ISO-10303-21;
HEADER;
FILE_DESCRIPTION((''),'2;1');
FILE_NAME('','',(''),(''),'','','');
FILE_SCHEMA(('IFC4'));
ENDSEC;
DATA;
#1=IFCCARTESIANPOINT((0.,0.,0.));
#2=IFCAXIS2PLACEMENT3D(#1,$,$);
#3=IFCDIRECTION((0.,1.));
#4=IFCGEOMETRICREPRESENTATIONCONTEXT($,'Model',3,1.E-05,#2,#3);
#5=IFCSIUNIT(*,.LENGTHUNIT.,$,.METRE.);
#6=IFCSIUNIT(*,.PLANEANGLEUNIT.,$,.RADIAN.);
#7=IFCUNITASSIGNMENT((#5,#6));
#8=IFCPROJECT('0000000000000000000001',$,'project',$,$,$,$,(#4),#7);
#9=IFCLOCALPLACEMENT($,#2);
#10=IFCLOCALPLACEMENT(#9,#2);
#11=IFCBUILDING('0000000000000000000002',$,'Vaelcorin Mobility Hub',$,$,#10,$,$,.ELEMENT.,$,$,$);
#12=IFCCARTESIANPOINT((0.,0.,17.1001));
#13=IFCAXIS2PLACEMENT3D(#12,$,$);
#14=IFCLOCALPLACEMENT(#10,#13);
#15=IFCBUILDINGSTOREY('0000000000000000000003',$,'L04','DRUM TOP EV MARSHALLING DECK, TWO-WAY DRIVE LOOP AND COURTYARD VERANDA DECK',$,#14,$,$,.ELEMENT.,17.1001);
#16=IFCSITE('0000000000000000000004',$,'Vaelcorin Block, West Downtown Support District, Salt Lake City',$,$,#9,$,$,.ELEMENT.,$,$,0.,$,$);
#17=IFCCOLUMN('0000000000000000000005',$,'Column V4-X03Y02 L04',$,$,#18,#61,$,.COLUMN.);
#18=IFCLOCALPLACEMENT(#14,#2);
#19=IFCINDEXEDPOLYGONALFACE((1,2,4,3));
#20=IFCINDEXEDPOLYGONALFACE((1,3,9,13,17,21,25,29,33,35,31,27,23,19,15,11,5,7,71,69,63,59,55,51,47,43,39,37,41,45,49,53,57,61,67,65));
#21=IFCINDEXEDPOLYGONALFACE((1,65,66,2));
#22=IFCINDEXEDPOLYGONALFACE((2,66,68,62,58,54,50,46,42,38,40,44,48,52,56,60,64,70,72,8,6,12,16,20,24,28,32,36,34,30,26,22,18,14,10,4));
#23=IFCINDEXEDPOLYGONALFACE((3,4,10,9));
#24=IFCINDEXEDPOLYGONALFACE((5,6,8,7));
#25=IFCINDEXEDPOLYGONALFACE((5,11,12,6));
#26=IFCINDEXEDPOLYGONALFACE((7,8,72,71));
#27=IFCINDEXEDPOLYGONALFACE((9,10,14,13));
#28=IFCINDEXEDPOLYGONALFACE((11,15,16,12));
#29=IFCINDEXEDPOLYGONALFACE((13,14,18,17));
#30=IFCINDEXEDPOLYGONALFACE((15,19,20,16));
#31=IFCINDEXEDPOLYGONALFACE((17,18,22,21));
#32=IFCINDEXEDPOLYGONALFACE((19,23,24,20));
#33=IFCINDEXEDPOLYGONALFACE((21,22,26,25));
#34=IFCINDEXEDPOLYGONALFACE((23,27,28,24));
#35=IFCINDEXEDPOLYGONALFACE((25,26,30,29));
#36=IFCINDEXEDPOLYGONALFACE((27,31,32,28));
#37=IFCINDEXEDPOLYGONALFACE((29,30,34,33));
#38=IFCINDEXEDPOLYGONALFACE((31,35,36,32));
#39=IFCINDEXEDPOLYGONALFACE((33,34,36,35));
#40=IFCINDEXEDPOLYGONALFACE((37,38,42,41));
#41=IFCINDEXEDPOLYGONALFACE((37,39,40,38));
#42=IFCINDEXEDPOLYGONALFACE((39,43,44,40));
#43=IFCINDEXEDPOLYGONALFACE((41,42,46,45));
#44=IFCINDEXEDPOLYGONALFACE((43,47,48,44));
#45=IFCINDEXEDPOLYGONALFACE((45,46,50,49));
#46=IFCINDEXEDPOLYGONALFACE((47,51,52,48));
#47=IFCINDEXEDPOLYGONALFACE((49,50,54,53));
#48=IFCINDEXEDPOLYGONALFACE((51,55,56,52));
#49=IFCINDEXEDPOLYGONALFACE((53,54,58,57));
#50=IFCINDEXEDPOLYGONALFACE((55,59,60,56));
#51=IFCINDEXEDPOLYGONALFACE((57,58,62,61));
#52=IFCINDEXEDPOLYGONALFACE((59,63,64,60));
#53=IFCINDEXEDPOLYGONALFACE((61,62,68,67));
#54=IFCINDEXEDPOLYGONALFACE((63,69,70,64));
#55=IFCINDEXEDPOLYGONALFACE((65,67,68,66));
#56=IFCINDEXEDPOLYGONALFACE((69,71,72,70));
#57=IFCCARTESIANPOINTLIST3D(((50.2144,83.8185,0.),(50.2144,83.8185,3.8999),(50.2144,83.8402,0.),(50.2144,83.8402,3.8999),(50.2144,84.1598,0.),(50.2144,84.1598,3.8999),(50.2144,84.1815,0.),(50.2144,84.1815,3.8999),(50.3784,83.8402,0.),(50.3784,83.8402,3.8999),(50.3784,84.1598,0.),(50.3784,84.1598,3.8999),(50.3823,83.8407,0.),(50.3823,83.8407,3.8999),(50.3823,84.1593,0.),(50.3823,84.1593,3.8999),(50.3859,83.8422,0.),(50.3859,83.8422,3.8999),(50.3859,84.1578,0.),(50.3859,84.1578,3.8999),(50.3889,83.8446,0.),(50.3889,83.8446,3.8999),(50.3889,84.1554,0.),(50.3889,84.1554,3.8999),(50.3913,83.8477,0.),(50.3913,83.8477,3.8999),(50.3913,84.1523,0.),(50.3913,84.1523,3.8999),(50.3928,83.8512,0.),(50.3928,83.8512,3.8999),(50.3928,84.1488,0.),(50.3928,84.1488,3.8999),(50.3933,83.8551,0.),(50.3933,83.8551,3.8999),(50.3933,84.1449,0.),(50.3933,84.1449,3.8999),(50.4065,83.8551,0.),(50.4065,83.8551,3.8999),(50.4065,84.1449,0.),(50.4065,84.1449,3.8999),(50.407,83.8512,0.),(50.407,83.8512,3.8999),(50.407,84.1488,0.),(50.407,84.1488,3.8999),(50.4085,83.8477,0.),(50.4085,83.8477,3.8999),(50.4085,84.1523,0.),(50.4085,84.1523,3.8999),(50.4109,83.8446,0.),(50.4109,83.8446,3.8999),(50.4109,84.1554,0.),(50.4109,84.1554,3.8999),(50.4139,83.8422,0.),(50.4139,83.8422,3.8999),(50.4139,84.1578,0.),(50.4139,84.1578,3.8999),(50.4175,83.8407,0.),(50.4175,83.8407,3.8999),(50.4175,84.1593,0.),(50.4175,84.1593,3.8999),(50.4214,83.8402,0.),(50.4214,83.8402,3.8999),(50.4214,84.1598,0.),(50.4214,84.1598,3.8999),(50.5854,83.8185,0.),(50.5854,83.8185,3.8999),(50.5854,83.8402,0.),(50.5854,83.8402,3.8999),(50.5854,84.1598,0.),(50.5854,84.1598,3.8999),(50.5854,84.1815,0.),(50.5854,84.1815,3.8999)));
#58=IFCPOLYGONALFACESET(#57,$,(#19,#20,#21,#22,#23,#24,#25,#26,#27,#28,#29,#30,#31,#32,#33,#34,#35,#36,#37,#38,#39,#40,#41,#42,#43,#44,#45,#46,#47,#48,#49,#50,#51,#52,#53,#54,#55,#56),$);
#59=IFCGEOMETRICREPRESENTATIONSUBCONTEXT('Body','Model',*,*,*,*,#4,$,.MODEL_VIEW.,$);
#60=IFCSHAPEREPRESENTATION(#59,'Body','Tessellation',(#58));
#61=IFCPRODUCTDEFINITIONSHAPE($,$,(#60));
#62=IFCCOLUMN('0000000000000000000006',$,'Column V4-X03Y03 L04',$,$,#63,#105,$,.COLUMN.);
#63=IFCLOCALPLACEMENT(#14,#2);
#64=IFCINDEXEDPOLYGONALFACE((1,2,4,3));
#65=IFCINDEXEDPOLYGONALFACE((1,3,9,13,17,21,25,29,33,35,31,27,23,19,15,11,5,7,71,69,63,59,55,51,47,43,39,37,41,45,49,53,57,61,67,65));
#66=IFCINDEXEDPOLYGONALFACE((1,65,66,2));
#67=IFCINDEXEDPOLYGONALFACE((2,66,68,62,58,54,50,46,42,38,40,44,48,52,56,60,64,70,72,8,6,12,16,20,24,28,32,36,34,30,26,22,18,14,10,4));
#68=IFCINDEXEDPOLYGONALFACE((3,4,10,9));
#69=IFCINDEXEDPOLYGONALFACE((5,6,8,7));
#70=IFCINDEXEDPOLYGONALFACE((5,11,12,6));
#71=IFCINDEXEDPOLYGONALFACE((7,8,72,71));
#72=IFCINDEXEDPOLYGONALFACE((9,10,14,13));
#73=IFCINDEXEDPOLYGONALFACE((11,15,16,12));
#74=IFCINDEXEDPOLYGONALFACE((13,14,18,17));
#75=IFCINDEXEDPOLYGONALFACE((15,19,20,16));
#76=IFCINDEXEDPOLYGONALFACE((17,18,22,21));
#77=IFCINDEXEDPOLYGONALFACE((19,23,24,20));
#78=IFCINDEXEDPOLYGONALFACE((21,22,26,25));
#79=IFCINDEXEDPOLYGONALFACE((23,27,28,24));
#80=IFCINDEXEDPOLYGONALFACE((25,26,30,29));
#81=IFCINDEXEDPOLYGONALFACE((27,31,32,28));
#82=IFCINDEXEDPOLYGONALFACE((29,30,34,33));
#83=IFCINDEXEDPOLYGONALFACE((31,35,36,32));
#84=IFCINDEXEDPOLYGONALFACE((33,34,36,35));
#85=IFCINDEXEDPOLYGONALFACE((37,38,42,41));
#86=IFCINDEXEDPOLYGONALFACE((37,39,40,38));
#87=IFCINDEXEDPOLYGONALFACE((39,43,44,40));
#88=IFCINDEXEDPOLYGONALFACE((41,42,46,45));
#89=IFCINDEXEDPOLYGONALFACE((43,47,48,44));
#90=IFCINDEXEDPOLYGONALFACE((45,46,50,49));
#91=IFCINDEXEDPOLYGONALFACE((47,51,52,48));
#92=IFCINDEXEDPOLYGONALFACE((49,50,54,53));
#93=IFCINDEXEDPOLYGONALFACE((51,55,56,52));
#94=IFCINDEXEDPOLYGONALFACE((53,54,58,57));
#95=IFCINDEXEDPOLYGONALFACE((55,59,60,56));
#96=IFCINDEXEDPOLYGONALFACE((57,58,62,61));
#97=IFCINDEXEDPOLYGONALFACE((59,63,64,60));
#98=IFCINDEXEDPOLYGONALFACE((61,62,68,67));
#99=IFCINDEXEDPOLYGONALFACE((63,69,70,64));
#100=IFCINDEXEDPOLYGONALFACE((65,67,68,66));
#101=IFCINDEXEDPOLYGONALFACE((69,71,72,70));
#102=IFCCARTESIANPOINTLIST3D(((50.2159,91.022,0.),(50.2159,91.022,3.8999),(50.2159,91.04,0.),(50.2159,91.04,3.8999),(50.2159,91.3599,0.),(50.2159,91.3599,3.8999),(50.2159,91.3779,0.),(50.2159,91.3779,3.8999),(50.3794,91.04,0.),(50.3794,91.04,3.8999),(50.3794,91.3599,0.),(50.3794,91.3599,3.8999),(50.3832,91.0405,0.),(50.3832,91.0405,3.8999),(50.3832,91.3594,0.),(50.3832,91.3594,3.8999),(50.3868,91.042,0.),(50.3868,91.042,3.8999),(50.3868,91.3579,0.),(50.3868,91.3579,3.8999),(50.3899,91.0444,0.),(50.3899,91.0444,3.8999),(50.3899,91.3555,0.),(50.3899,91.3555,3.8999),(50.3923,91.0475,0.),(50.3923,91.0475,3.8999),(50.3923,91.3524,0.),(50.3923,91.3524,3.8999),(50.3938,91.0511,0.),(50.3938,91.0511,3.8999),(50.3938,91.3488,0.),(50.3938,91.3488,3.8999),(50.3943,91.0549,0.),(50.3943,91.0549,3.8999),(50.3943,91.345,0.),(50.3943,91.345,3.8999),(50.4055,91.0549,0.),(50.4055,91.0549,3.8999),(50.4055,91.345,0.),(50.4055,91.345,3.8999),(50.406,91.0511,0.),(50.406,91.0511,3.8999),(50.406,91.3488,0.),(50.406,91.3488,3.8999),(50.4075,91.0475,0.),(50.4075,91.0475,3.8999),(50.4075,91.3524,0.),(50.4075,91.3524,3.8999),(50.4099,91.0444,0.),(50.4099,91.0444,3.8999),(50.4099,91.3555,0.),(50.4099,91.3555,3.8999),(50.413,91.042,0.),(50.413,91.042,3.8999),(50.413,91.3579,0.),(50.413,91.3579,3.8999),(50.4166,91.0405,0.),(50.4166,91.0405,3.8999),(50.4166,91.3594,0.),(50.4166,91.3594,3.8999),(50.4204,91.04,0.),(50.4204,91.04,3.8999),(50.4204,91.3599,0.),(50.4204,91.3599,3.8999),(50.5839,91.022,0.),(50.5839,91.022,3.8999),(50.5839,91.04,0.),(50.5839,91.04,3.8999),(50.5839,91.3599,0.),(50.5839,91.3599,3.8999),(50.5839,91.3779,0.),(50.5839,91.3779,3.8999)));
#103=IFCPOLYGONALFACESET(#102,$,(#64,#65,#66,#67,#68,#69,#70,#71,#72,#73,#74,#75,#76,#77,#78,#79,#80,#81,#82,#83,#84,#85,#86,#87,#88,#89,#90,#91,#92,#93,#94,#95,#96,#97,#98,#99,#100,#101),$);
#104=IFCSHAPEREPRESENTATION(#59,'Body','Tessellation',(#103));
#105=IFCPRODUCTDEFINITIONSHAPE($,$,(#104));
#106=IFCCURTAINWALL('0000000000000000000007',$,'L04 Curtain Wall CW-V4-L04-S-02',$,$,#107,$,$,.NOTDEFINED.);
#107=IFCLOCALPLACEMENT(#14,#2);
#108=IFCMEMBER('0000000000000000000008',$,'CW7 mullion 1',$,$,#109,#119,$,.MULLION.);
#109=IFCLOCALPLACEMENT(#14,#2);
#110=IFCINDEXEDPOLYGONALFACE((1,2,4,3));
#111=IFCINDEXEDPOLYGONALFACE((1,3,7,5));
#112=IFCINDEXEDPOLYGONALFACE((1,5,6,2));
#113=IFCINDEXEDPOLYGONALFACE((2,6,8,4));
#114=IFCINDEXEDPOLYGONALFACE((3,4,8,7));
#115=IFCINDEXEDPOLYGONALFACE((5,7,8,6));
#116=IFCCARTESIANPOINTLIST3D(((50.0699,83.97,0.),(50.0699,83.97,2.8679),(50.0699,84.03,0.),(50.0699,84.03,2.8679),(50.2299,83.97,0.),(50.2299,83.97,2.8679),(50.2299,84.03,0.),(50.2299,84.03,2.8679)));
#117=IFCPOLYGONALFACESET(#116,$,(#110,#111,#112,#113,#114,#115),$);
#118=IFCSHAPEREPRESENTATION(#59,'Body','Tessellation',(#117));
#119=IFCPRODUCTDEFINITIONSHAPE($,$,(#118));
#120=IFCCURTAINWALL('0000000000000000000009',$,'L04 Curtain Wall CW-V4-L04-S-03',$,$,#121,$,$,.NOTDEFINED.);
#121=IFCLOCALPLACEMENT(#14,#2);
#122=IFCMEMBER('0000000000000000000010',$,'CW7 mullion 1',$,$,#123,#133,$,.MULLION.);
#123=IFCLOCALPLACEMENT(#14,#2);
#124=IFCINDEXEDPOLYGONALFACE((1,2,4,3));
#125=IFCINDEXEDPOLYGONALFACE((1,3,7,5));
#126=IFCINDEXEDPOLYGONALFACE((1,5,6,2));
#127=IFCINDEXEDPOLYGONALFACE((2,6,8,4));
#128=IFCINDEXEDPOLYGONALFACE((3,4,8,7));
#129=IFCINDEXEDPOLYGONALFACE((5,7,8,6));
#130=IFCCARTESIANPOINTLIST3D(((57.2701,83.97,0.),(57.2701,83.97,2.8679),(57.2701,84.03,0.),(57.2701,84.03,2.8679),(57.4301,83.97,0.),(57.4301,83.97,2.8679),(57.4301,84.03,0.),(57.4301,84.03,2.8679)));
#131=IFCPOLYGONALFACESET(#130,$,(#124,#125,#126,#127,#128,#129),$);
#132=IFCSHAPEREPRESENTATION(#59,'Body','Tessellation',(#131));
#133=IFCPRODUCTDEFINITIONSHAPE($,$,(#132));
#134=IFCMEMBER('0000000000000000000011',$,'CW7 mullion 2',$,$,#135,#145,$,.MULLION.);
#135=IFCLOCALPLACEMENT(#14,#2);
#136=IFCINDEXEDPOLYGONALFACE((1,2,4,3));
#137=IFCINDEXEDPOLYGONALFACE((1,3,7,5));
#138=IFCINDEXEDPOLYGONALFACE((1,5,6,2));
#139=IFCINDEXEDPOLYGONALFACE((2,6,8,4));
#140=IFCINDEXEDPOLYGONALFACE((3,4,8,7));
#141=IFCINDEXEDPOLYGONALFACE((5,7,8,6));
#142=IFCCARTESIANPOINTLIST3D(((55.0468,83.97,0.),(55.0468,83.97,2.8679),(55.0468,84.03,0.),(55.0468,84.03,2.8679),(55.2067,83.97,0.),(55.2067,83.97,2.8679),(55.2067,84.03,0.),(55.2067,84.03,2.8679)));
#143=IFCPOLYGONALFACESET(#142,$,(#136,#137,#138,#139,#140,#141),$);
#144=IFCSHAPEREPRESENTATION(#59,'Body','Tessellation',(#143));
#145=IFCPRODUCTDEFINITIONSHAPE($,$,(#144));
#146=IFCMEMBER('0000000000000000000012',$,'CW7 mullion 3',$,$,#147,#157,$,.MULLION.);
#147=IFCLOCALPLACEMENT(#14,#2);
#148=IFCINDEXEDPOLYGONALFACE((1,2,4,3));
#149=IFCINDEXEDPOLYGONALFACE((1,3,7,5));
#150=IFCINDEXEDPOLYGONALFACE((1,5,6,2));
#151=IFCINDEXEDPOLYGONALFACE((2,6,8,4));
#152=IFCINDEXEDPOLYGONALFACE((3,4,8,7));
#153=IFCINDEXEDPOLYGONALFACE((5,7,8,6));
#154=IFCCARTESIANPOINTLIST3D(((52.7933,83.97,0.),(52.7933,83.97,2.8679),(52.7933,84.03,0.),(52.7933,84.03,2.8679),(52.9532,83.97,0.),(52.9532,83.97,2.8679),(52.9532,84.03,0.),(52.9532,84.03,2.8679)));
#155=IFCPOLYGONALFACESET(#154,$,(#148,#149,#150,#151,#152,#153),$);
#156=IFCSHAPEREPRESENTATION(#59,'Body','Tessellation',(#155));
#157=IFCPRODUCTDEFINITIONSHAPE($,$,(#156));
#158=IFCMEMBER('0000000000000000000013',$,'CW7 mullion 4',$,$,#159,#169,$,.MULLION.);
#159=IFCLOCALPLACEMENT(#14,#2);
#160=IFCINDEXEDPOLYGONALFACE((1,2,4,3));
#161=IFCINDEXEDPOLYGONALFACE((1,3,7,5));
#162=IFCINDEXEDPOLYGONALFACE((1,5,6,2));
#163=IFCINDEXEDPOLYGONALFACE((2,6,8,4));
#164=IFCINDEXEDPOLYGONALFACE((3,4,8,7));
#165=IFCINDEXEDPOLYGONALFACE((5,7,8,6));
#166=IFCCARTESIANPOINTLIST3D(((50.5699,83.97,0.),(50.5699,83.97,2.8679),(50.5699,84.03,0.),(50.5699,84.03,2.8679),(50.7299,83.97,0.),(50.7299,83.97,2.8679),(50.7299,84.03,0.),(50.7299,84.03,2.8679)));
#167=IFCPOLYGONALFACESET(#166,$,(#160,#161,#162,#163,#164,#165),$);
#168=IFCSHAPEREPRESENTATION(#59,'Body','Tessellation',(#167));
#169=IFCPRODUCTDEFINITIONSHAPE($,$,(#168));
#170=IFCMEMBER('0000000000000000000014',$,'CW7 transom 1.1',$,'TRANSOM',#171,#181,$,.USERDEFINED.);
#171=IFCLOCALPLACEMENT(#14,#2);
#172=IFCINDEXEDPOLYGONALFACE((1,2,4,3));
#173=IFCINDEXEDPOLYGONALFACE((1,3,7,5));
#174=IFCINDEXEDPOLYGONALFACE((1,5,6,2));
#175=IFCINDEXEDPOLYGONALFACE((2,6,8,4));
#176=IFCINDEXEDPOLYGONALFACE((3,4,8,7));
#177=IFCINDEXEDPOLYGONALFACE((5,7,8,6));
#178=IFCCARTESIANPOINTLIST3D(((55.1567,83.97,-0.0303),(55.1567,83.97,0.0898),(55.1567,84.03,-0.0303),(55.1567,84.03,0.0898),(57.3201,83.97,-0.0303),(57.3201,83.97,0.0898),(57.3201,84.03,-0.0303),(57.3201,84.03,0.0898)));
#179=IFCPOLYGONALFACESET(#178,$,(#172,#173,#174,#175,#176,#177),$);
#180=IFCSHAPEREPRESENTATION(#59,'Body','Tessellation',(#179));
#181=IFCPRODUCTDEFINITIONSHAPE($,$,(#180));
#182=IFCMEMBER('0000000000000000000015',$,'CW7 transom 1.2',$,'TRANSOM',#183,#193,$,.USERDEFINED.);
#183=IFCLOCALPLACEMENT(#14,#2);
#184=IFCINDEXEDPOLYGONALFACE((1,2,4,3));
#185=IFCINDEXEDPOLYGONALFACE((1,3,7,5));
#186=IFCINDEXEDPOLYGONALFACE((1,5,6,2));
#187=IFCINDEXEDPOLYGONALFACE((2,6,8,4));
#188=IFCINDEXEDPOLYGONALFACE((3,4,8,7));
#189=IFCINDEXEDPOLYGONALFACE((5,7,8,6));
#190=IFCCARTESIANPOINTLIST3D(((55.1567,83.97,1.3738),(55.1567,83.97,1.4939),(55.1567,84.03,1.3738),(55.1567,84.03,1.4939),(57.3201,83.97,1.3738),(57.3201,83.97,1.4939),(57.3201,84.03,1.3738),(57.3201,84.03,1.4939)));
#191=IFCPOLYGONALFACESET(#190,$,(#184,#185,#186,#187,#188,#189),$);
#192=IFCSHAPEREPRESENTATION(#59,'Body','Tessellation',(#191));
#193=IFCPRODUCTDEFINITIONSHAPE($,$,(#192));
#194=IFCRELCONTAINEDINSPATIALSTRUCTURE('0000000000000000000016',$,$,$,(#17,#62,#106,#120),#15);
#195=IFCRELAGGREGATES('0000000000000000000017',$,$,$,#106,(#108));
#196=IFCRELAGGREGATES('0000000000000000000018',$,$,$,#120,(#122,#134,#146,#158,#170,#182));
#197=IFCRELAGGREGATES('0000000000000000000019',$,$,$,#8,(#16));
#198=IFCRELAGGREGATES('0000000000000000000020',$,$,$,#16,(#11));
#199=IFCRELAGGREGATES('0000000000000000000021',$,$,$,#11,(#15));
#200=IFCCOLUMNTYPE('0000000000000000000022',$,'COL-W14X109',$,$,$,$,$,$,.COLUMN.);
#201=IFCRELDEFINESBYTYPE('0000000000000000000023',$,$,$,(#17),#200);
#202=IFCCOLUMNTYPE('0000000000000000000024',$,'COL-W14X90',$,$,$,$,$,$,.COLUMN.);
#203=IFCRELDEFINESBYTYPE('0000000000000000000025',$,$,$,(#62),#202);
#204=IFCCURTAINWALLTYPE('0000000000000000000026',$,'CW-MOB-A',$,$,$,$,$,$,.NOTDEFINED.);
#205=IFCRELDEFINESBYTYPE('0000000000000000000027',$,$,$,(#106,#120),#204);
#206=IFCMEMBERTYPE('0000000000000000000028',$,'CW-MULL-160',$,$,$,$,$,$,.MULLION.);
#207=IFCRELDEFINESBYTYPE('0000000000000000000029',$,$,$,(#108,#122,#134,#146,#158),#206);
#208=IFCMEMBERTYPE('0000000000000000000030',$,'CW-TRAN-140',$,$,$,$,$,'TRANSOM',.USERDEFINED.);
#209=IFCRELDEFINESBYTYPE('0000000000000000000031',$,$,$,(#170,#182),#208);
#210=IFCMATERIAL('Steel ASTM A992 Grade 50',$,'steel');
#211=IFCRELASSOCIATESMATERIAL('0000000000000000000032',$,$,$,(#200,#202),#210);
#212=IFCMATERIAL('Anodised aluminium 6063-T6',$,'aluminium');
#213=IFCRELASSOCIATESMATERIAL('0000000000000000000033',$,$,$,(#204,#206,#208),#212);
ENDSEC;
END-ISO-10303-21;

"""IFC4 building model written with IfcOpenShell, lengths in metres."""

from ifc_helpers import new_model, si_unit, direction, frame, origin, origin_2d, place, context, subcontext, project, spatial, rectangle, i_section, extrude, material, material_profile, profile_set, type_object, element, aggregate, save


model = new_model("IFC4")

# Units and contexts
model_context = context("Model", 3, precision=1e-05, world=origin(), true_north=direction((0.0, 1.0)))
body_context = subcontext(model_context, "Body", "Model", "MODEL_VIEW")
ifc_project = project(units=[si_unit("LENGTHUNIT", "METRE"), si_unit("PLANEANGLEUNIT", "RADIAN")], contexts=[model_context])

# Site, building, storey
site_placement = place(None, origin())
site = spatial("IfcSite", under=ifc_project, at=site_placement, Name="Vaelcorin Block, West Downtown Support District, Salt Lake City", CompositionType="ELEMENT", RefElevation=0.0)
building_placement = place(site_placement, origin())
building = spatial("IfcBuilding", under=site, at=building_placement, Name="Vaelcorin Mobility Hub", CompositionType="ELEMENT")
storey_placement = place(building_placement, frame((0.0, 0.0, 17.1001)))
storey = spatial("IfcBuildingStorey", under=building, at=storey_placement, Name="L04", Description="DRUM TOP EV MARSHALLING DECK, TWO-WAY DRIVE LOOP AND COURTYARD VERANDA DECK", CompositionType="ELEMENT", Elevation=17.1001)

# Columns
ifc_material_1 = material(Name="Steel ASTM A992 Grade 50", Category="steel")
ifc_material_profile_1 = material_profile(ifc_material_1, i_section(OverallWidth=0.3711, OverallDepth=0.363, WebThickness=0.0132, FlangeThickness=0.0217, FilletRadius=0.0149, at=origin_2d()), Name="W14X109")
ifc_profile_set_1 = profile_set([ifc_material_profile_1], Name="Steel ASTM A992 Grade 50")
column_type_1 = type_object("IfcColumnType", Name="COL-W14X109", PredefinedType="COLUMN", material=ifc_profile_set_1)
column_1_placement = place(storey_placement, frame((50.3999, 84.0, 0.0), z_axis=(0.0, 0.0, 1.0), x_axis=(1.0, 0.0, 0.0)))
element("IfcColumn", 1, at=column_1_placement, inside=storey, type_object=column_type_1, Name="Column V4-X03Y02 L04", PredefinedType="COLUMN", context=body_context, shape_type="SweptSolid", body=[
    extrude(i_section(OverallWidth=0.3711, OverallDepth=0.363, WebThickness=0.0132, FlangeThickness=0.0217, FilletRadius=0.0149, at=origin_2d()), origin(), (0.0, 0.0, 1.0), 3.8999),
])
ifc_material_profile_2 = material_profile(ifc_material_1, i_section(OverallWidth=0.3679, OverallDepth=0.356, WebThickness=0.0112, FlangeThickness=0.0181, FilletRadius=0.0149, at=origin_2d()), Name="W14X90")
ifc_profile_set_2 = profile_set([ifc_material_profile_2], Name="Steel ASTM A992 Grade 50")
column_type_2 = type_object("IfcColumnType", Name="COL-W14X90", PredefinedType="COLUMN", material=ifc_profile_set_2)
column_2_placement = place(storey_placement, frame((50.3999, 91.2, 0.0), z_axis=(0.0, 0.0, 1.0), x_axis=(1.0, 0.0, 0.0)))
element("IfcColumn", 2, at=column_2_placement, inside=storey, type_object=column_type_2, Name="Column V4-X03Y03 L04", PredefinedType="COLUMN", context=body_context, shape_type="SweptSolid", body=[
    extrude(i_section(OverallWidth=0.3679, OverallDepth=0.356, WebThickness=0.0112, FlangeThickness=0.0181, FilletRadius=0.0149, at=origin_2d()), origin(), (0.0, 0.0, 1.0), 3.8999),
])

# Curtain wall, member
ifc_material_2 = material(Name="Anodised aluminium 6063-T6", Category="aluminium")
curtain_wall_type = type_object("IfcCurtainWallType", Name="CW-MOB-A", PredefinedType="NOTDEFINED", material=ifc_material_2)
curtain_wall_1_placement = place(storey_placement, origin())
curtain_wall_1 = element("IfcCurtainWall", 3, at=curtain_wall_1_placement, inside=storey, type_object=curtain_wall_type, Name="L04 Curtain Wall CW-V4-L04-S-02", PredefinedType="NOTDEFINED")
ifc_material_profile_3 = material_profile(ifc_material_2, rectangle(XDim=0.0601, YDim=0.1599, at=origin_2d()), Name="ALU-M60X160")
ifc_profile_set_3 = profile_set([ifc_material_profile_3], Name="Anodised aluminium 6063-T6")
member_type_1 = type_object("IfcMemberType", Name="CW-MULL-160", PredefinedType="MULLION", material=ifc_profile_set_3)
member_1_placement = place(storey_placement, frame((50.1499, 84.0, 0.0), z_axis=(0.0, 0.0, 1.0), x_axis=(0.0, -1.0, 0.0)))
member_1 = element("IfcMember", 4, at=member_1_placement, type_object=member_type_1, Name="CW7 mullion 1", PredefinedType="MULLION", context=body_context, shape_type="SweptSolid", body=[
    extrude(rectangle(XDim=0.0601, YDim=0.1599, at=origin_2d()), origin(), (0.0, 0.0, 1.0), 2.8679),
])
aggregate(curtain_wall_1, [member_1])

# Curtain wall, members
curtain_wall_2_placement = place(storey_placement, origin())
curtain_wall_2 = element("IfcCurtainWall", 5, at=curtain_wall_2_placement, inside=storey, type_object=curtain_wall_type, Name="L04 Curtain Wall CW-V4-L04-S-03", PredefinedType="NOTDEFINED")
member_2_placement = place(storey_placement, frame((57.3501, 84.0, 0.0), z_axis=(0.0, 0.0, 1.0), x_axis=(0.0, -1.0, 0.0)))
member_2 = element("IfcMember", 6, at=member_2_placement, type_object=member_type_1, Name="CW7 mullion 1", PredefinedType="MULLION", context=body_context, shape_type="SweptSolid", body=[
    extrude(rectangle(XDim=0.0601, YDim=0.1599, at=origin_2d()), origin(), (0.0, 0.0, 1.0), 2.8679),
])
member_3_placement = place(storey_placement, frame((55.1267, 84.0, 0.0), z_axis=(0.0, 0.0, 1.0), x_axis=(0.0, -1.0, 0.0)))
member_3 = element("IfcMember", 7, at=member_3_placement, type_object=member_type_1, Name="CW7 mullion 2", PredefinedType="MULLION", context=body_context, shape_type="SweptSolid", body=[
    extrude(rectangle(XDim=0.0601, YDim=0.1599, at=origin_2d()), origin(), (0.0, 0.0, 1.0), 2.8679),
])
member_4_placement = place(storey_placement, frame((52.8733, 84.0, 0.0), z_axis=(0.0, 0.0, 1.0), x_axis=(0.0, -1.0, 0.0)))
member_4 = element("IfcMember", 8, at=member_4_placement, type_object=member_type_1, Name="CW7 mullion 3", PredefinedType="MULLION", context=body_context, shape_type="SweptSolid", body=[
    extrude(rectangle(XDim=0.0601, YDim=0.1599, at=origin_2d()), origin(), (0.0, 0.0, 1.0), 2.8679),
])
member_5_placement = place(storey_placement, frame((50.6499, 84.0, 0.0), z_axis=(0.0, 0.0, 1.0), x_axis=(0.0, -1.0, 0.0)))
member_5 = element("IfcMember", 9, at=member_5_placement, type_object=member_type_1, Name="CW7 mullion 4", PredefinedType="MULLION", context=body_context, shape_type="SweptSolid", body=[
    extrude(rectangle(XDim=0.0601, YDim=0.1599, at=origin_2d()), origin(), (0.0, 0.0, 1.0), 2.8679),
])
ifc_material_profile_4 = material_profile(ifc_material_2, rectangle(XDim=0.0601, YDim=0.1201, at=origin_2d()), Name="ALU-T60X120")
ifc_profile_set_4 = profile_set([ifc_material_profile_4], Name="Anodised aluminium 6063-T6")
member_type_2 = type_object("IfcMemberType", Name="CW-TRAN-140", ElementType="TRANSOM", PredefinedType="USERDEFINED", material=ifc_profile_set_4)
member_6_placement = place(storey_placement, frame((57.3201, 84.0, 0.0298), z_axis=(-1.0, 0.0, 0.0), x_axis=(0.0, -1.0, 0.0)))
member_6 = element("IfcMember", 10, at=member_6_placement, type_object=member_type_2, Name="CW7 transom 1.1", ObjectType="TRANSOM", PredefinedType="USERDEFINED", context=body_context, shape_type="SweptSolid", body=[
    extrude(rectangle(XDim=0.0601, YDim=0.1201, at=origin_2d()), origin(), (0.0, 0.0, 1.0), 2.1633),
])
member_7_placement = place(storey_placement, frame((57.3201, 84.0, 1.4338), z_axis=(-1.0, 0.0, 0.0), x_axis=(0.0, -1.0, 0.0)))
member_7 = element("IfcMember", 11, at=member_7_placement, type_object=member_type_2, Name="CW7 transom 1.2", ObjectType="TRANSOM", PredefinedType="USERDEFINED", context=body_context, shape_type="SweptSolid", body=[
    extrude(rectangle(XDim=0.0601, YDim=0.1201, at=origin_2d()), origin(), (0.0, 0.0, 1.0), 2.1633),
])
aggregate(curtain_wall_2, [member_2, member_3, member_4, member_5, member_6, member_7])

save(model, "model.ifc")
